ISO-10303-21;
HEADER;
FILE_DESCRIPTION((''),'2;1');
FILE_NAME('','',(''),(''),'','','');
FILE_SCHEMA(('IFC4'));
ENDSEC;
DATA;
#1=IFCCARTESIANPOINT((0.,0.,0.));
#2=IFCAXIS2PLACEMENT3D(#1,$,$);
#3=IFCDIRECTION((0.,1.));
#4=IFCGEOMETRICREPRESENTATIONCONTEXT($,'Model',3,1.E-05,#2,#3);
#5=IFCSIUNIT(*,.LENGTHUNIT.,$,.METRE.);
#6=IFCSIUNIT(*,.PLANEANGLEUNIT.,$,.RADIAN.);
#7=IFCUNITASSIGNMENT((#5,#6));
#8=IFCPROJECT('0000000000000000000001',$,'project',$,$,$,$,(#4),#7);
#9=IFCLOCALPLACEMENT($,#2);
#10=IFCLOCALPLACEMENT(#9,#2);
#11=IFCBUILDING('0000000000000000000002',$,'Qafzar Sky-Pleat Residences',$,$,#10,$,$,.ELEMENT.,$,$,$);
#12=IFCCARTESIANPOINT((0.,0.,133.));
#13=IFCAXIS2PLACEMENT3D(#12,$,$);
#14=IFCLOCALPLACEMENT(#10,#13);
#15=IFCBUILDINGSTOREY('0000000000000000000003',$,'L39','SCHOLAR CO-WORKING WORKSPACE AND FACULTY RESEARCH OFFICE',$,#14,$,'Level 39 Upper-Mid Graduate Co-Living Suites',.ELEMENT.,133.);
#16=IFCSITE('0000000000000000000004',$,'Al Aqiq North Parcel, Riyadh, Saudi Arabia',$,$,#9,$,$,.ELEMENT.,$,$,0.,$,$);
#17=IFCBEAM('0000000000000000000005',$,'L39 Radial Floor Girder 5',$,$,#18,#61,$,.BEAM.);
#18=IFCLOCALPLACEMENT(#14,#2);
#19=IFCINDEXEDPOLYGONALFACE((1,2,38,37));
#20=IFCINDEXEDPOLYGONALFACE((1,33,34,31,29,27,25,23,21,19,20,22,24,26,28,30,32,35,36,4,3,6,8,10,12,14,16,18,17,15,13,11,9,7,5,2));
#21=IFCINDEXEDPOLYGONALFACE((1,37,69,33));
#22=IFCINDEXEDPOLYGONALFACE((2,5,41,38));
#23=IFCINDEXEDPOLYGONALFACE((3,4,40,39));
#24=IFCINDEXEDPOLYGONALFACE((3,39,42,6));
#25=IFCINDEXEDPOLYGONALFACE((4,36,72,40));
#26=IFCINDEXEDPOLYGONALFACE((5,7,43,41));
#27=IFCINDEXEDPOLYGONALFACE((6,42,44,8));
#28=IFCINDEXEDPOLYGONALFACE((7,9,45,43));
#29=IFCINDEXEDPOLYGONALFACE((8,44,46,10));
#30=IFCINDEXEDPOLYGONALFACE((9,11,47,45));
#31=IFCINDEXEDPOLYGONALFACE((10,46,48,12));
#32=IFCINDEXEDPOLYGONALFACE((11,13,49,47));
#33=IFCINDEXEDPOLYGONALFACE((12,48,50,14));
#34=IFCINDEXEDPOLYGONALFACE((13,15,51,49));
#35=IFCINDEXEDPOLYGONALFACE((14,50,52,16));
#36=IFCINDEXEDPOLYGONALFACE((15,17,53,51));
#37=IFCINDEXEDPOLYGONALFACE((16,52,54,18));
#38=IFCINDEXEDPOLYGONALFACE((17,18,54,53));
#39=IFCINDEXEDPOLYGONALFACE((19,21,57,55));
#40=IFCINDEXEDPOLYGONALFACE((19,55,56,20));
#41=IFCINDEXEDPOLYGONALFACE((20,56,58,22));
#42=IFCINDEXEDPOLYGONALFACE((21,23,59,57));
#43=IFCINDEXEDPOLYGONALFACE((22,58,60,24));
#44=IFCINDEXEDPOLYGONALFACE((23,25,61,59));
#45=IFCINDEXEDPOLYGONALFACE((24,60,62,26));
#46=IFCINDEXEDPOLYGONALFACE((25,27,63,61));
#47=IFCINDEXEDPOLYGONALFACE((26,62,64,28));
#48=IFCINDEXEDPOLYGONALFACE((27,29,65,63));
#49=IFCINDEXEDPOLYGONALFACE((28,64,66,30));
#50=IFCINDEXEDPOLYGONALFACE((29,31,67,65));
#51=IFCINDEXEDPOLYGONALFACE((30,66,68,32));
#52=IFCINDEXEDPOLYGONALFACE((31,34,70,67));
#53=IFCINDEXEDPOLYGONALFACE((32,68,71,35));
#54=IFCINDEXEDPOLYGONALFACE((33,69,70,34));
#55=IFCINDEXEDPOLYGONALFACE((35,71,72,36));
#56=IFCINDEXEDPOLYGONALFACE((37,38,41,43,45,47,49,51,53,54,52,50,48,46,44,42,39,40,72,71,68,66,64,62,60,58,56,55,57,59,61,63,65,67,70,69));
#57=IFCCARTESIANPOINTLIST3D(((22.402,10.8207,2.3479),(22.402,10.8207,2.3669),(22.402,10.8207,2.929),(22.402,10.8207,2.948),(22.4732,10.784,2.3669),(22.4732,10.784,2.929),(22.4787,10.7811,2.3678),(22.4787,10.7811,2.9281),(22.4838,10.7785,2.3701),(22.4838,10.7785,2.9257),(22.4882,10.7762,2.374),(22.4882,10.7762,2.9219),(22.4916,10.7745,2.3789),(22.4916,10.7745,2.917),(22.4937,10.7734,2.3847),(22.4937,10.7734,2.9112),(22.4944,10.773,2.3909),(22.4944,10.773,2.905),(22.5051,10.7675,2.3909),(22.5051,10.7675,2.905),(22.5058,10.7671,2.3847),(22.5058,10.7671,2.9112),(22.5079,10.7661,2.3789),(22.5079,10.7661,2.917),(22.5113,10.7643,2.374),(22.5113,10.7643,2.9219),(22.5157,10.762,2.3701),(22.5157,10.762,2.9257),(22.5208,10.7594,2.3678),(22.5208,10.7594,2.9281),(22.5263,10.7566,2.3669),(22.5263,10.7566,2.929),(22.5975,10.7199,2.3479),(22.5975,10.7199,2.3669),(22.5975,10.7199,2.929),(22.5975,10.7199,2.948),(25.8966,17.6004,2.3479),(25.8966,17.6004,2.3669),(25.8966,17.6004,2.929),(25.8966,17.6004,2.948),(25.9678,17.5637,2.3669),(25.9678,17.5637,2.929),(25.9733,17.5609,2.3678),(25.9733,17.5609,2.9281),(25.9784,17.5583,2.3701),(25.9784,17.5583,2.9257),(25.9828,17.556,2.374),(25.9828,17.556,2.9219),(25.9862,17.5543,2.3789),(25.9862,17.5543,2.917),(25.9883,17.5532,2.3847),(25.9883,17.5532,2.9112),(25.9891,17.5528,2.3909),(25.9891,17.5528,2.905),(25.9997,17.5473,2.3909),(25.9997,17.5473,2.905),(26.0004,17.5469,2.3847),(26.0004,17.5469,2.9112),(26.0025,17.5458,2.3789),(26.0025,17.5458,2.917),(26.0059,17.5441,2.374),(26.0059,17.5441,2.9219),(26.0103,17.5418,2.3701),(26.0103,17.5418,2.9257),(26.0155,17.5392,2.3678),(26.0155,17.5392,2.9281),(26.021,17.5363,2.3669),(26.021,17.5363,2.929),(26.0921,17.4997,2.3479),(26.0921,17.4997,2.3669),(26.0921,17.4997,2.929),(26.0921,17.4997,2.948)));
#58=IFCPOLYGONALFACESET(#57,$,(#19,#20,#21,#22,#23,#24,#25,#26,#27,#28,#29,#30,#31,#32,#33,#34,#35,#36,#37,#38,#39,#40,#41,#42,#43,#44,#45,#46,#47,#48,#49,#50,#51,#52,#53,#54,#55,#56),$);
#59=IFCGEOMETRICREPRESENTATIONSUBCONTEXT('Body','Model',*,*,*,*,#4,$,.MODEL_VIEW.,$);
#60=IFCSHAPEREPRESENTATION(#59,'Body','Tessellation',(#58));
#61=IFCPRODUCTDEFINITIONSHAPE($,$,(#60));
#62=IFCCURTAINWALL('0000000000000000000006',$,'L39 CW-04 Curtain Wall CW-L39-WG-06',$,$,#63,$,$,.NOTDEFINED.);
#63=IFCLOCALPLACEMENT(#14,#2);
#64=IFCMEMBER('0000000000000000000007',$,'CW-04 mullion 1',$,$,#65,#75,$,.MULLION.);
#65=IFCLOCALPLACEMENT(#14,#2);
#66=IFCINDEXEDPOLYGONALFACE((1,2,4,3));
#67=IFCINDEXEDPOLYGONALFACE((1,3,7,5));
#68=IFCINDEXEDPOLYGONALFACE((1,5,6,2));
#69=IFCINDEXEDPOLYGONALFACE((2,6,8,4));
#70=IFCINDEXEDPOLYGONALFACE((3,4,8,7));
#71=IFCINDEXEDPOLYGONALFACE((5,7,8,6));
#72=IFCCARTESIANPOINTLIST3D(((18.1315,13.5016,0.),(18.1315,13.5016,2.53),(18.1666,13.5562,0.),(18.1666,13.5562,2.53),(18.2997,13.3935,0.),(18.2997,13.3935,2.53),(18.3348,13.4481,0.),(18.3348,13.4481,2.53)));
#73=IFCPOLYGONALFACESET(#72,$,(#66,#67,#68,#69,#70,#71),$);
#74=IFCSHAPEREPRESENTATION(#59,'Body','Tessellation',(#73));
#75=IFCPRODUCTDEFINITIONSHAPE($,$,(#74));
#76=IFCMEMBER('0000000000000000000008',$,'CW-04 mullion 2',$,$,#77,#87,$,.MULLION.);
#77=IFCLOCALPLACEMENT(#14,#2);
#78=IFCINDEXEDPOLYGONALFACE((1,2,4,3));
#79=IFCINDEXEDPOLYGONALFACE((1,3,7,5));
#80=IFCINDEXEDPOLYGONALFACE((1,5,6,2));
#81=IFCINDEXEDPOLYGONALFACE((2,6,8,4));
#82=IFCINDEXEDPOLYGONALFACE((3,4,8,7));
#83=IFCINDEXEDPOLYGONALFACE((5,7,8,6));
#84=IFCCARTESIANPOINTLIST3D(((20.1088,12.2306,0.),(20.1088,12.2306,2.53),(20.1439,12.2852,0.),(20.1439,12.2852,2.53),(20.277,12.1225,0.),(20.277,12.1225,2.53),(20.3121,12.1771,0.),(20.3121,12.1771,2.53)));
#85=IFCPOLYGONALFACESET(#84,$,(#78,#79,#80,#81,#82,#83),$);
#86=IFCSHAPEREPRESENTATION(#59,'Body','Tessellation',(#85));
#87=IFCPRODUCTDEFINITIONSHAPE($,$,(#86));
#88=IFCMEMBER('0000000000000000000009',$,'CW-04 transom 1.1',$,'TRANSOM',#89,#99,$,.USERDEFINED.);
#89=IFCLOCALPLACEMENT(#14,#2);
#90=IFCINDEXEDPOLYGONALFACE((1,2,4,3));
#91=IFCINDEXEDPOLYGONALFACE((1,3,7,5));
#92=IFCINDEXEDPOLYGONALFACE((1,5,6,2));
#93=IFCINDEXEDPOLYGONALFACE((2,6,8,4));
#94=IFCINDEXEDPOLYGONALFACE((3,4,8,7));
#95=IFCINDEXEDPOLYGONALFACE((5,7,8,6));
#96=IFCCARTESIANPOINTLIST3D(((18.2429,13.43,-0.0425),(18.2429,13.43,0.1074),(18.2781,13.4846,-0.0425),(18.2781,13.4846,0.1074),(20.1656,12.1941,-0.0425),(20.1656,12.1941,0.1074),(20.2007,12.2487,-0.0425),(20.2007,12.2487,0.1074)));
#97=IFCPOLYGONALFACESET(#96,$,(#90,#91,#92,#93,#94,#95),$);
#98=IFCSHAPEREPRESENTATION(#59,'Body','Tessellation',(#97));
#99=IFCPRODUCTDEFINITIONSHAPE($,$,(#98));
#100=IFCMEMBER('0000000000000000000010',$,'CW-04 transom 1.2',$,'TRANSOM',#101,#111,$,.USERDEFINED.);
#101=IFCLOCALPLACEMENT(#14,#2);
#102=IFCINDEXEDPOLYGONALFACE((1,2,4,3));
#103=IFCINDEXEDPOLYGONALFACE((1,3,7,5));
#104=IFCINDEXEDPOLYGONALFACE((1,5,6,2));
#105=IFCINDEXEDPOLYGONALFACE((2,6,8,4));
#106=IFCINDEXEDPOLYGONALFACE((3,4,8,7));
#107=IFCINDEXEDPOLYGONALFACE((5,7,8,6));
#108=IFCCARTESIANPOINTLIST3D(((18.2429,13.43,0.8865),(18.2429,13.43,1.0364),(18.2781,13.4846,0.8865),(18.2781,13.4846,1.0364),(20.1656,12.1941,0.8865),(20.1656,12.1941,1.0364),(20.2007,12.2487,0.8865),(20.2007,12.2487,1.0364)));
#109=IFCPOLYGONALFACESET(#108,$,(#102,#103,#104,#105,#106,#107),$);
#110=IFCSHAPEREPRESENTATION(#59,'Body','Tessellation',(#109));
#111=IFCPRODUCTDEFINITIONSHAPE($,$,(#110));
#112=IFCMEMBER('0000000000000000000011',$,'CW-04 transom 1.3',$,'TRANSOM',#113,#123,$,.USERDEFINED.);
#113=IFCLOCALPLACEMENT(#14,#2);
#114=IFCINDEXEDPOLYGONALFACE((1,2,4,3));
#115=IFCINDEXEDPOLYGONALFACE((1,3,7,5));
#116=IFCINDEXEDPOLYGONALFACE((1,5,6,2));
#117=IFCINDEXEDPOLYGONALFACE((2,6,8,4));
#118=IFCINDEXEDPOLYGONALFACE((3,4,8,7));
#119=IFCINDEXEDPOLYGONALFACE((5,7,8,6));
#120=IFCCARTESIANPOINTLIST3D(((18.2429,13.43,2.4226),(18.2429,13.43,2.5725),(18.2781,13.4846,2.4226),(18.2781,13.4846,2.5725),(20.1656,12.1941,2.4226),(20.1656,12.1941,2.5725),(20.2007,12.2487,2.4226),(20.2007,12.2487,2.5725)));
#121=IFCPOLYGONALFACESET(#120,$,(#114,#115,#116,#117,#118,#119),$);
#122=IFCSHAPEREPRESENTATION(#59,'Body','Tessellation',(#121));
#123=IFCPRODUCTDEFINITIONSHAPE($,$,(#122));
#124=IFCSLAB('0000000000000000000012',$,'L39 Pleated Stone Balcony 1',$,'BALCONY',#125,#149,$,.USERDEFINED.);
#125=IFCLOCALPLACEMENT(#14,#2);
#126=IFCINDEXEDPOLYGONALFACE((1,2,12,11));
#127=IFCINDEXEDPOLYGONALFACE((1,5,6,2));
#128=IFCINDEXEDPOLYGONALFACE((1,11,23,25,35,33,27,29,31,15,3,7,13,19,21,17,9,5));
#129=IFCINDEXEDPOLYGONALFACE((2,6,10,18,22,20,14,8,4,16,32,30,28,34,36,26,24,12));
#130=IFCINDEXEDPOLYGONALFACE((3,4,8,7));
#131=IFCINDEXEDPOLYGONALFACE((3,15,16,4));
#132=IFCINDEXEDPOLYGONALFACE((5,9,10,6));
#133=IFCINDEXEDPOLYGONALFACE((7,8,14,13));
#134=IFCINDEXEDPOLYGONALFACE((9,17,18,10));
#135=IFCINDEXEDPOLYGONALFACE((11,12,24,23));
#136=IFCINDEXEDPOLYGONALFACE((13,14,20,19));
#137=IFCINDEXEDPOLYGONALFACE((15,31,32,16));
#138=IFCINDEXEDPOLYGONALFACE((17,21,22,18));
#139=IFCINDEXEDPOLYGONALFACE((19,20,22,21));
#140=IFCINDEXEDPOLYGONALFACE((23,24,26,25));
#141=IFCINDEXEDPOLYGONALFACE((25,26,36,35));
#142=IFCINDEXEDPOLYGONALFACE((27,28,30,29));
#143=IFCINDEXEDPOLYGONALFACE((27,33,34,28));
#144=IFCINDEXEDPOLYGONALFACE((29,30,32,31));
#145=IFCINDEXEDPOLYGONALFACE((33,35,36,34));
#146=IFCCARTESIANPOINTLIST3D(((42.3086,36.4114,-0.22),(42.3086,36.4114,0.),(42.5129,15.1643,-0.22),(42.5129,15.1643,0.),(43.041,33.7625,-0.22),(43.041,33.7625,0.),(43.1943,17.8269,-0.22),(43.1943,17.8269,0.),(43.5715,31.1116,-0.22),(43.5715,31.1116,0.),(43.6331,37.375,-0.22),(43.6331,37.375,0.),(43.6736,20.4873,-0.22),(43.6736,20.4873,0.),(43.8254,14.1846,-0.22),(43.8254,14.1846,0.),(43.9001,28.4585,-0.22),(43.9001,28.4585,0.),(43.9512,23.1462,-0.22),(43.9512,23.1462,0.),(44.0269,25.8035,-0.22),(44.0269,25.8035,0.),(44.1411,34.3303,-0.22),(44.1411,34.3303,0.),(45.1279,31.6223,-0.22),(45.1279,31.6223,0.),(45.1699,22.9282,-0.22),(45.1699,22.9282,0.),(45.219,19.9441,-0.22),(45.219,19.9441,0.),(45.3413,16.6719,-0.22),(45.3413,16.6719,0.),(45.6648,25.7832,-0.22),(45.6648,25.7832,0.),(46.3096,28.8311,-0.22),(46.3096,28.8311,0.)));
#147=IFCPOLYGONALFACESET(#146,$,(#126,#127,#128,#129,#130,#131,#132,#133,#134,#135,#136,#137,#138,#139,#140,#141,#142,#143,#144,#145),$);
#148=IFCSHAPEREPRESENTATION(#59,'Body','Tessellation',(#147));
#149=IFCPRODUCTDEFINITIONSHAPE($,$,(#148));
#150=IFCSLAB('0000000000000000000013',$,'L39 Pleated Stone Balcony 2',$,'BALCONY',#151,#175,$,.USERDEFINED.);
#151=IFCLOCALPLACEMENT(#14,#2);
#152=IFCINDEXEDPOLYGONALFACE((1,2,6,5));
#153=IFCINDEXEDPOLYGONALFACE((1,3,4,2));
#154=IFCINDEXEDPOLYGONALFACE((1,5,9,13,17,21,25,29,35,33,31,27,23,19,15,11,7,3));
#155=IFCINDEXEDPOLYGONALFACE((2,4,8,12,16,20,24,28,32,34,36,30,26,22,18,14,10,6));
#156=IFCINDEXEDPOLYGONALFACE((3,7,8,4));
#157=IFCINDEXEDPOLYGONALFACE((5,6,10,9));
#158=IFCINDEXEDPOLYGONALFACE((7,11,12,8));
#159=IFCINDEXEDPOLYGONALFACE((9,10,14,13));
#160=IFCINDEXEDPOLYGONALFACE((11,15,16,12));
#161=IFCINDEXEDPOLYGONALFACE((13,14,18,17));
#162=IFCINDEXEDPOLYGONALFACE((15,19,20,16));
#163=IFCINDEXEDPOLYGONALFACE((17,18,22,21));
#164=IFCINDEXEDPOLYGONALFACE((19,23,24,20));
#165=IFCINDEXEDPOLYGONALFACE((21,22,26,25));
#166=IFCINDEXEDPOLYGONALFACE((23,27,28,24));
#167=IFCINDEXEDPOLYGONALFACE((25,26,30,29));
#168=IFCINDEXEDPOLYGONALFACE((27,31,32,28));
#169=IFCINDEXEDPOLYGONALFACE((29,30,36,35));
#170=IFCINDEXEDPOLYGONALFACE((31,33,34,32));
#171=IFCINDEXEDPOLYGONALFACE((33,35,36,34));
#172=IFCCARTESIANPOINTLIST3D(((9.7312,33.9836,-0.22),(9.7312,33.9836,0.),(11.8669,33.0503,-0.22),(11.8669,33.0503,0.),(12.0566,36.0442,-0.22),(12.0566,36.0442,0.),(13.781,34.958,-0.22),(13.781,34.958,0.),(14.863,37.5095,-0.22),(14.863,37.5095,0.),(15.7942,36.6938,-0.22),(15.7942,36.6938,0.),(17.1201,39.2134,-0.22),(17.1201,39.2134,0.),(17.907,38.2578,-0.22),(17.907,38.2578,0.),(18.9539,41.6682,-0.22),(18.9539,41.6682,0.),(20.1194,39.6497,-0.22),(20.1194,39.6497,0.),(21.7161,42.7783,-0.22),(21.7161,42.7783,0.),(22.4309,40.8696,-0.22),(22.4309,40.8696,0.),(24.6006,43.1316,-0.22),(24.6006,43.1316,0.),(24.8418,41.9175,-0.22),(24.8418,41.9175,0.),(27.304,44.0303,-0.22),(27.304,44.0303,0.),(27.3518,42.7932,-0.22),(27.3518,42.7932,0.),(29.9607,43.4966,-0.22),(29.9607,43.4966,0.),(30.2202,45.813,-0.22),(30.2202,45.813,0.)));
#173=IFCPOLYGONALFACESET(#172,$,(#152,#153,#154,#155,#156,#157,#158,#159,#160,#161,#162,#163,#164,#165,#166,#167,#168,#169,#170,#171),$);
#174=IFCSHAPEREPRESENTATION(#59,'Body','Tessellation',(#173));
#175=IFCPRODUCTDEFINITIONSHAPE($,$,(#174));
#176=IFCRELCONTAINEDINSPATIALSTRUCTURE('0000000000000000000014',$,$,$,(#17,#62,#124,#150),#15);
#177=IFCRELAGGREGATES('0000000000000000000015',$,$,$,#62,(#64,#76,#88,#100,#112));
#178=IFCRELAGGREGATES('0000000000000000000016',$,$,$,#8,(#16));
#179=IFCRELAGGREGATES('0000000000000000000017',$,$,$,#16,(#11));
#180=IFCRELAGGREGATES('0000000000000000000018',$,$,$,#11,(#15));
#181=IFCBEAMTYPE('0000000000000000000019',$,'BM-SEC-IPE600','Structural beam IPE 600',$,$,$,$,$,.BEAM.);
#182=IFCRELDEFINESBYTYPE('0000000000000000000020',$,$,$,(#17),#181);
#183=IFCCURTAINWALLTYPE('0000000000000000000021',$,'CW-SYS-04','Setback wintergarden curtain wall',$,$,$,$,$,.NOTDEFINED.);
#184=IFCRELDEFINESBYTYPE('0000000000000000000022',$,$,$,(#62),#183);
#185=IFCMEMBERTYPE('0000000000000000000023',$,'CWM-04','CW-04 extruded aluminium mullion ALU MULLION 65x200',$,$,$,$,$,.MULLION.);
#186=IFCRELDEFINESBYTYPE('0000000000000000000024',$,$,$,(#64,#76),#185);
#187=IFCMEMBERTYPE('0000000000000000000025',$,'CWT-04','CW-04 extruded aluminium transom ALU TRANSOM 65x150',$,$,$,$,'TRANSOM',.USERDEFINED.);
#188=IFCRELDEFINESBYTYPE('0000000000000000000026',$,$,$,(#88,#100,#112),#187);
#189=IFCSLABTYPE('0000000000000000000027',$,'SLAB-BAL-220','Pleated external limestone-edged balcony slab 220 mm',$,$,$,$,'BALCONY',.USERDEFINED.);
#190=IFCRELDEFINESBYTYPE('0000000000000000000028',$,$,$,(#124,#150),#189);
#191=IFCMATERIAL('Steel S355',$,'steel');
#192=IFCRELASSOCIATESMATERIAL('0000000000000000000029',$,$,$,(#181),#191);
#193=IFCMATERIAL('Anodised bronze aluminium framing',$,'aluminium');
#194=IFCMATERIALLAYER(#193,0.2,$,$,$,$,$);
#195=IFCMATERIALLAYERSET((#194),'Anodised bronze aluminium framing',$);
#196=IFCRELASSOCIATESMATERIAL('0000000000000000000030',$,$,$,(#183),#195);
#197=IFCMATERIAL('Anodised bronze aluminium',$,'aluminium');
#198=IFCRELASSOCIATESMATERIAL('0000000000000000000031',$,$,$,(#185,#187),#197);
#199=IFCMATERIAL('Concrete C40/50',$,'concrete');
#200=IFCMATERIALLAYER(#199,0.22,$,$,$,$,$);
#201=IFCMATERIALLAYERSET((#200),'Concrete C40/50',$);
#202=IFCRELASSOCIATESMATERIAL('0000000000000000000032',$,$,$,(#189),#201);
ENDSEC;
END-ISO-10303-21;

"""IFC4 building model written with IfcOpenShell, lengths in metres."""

from ifc_helpers import new_model, si_unit, direction, frame, origin, origin_2d, place, context, subcontext, project, spatial, polyline, rectangle, i_section, outline, extrude, source, transform, mapped, material, layer, layer_set, material_profile, profile_set, type_object, element, aggregate, save


model = new_model("IFC4")

# Units and contexts
model_context = context("Model", 3, precision=1e-05, world=origin(), true_north=direction((0.0, 1.0)))
body_context = subcontext(model_context, "Body", "Model", "MODEL_VIEW")
ifc_project = project(units=[si_unit("LENGTHUNIT", "METRE"), si_unit("PLANEANGLEUNIT", "RADIAN")], contexts=[model_context])

# Site, building, storey
site_placement = place(None, origin())
site = spatial("IfcSite", under=ifc_project, at=site_placement, Name="Al Aqiq North Parcel, Riyadh, Saudi Arabia", CompositionType="ELEMENT", RefElevation=0.0)
building_placement = place(site_placement, origin())
building = spatial("IfcBuilding", under=site, at=building_placement, Name="Qafzar Sky-Pleat Residences", CompositionType="ELEMENT")
storey_placement = place(building_placement, frame((0.0, 0.0, 133.0)))
storey = spatial("IfcBuildingStorey", under=building, at=storey_placement, Name="L39", Description="SCHOLAR CO-WORKING WORKSPACE AND FACULTY RESEARCH OFFICE", LongName="Level 39 Upper-Mid Graduate Co-Living Suites", CompositionType="ELEMENT", Elevation=133.0)

# Shared definitions
ifc_material_1 = material(Name="Steel S355", Category="steel")

# Beam
ifc_material_profile_1 = material_profile(ifc_material_1, i_section(OverallWidth=0.22, OverallDepth=0.6001, WebThickness=0.012, FlangeThickness=0.019, FilletRadius=0.0239, at=origin_2d()), Name="IPE 600")
ifc_profile_set_1 = profile_set([ifc_material_profile_1], Name="Steel S355")
beam_type_1 = type_object("IfcBeamType", Name="BM-SEC-IPE600", Description="Structural beam IPE 600", PredefinedType="BEAM", material=ifc_profile_set_1)
shared_shape_1 = source(origin(), body_context, "Body", "SweptSolid", [
    extrude(i_section(OverallWidth=0.22, OverallDepth=0.6001, WebThickness=0.012, FlangeThickness=0.019, FilletRadius=0.0239, at=origin_2d()), origin(), (0.0, 0.0, 1.0), 7.6274),
])
beam_1_placement = place(storey_placement, frame((22.4998, 10.7703, 2.6479), z_axis=(0.458165, 0.888867, 0.0), x_axis=(-0.888867, 0.458165, 0.0)))
element("IfcBeam", 1, at=beam_1_placement, inside=storey, type_object=beam_type_1, Name="L39 Radial Floor Girder 5", PredefinedType="BEAM", context=body_context, shape_type="MappedRepresentation", body=[
    mapped(shared_shape_1, transform((0.0, 0.0, 0.0), x_axis=(1.0, 0.0, 0.0), y_axis=(0.0, 1.0, 0.0), z_axis=(0.0, 0.0, 1.0), scale=1.0)),
])

# Curtain wall, members
ifc_material_2 = material(Name="Anodised bronze aluminium framing", Category="aluminium")
ifc_layer_1 = layer(ifc_material_2, 0.2)
ifc_layer_set_1 = layer_set([ifc_layer_1], Name="Anodised bronze aluminium framing")
curtain_wall_type = type_object("IfcCurtainWallType", Name="CW-SYS-04", Description="Setback wintergarden curtain wall", PredefinedType="NOTDEFINED", material=ifc_layer_set_1)
curtain_wall_placement = place(storey_placement, origin())
curtain_wall = element("IfcCurtainWall", 2, at=curtain_wall_placement, inside=storey, type_object=curtain_wall_type, Name="L39 CW-04 Curtain Wall CW-L39-WG-06", PredefinedType="NOTDEFINED")
ifc_material_3 = material(Name="Anodised bronze aluminium", Category="aluminium")
ifc_material_profile_2 = material_profile(ifc_material_3, rectangle(XDim=0.0649, YDim=0.2, at=origin_2d()), Name="ALU MULLION 65x200")
ifc_profile_set_2 = profile_set([ifc_material_profile_2], Name="Anodised bronze aluminium")
member_type_1 = type_object("IfcMemberType", Name="CWM-04", Description="CW-04 extruded aluminium mullion ALU MULLION 65x200", PredefinedType="MULLION", material=ifc_profile_set_2)
shared_shape_2 = source(origin(), body_context, "Body", "SweptSolid", [
    extrude(rectangle(XDim=0.0649, YDim=0.2, at=origin_2d()), origin(), (0.0, 0.0, 1.0), 2.53),
])
member_1_placement = place(storey_placement, frame((18.2332, 13.4749, 0.0), z_axis=(0.0, 0.0, 1.0), x_axis=(0.540655, 0.841244, 0.0)))
member_1 = element("IfcMember", 3, at=member_1_placement, type_object=member_type_1, Name="CW-04 mullion 1", PredefinedType="MULLION", context=body_context, shape_type="MappedRepresentation", body=[
    mapped(shared_shape_2, transform((0.0, 0.0, 0.0), x_axis=(1.0, 0.0, 0.0), y_axis=(0.0, 1.0, 0.0), z_axis=(0.0, 0.0, 1.0), scale=1.0)),
])
member_2_placement = place(storey_placement, frame((20.2104, 12.2039, 0.0), z_axis=(0.0, 0.0, 1.0), x_axis=(0.540655, 0.841244, 0.0)))
member_2 = element("IfcMember", 4, at=member_2_placement, type_object=member_type_1, Name="CW-04 mullion 2", PredefinedType="MULLION", context=body_context, shape_type="MappedRepresentation", body=[
    mapped(shared_shape_2, transform((0.0, 0.0, 0.0), x_axis=(1.0, 0.0, 0.0), y_axis=(0.0, 1.0, 0.0), z_axis=(0.0, 0.0, 1.0), scale=1.0)),
])
ifc_material_profile_3 = material_profile(ifc_material_3, rectangle(XDim=0.0649, YDim=0.1499, at=origin_2d()), Name="ALU TRANSOM 65x150")
ifc_profile_set_3 = profile_set([ifc_material_profile_3], Name="Anodised bronze aluminium")
member_type_2 = type_object("IfcMemberType", Name="CWT-04", Description="CW-04 extruded aluminium transom ALU TRANSOM 65x150", ElementType="TRANSOM", PredefinedType="USERDEFINED", material=ifc_profile_set_3)
shared_shape_3 = source(origin(), body_context, "Body", "SweptSolid", [
    extrude(rectangle(XDim=0.0649, YDim=0.1499, at=origin_2d()), origin(), (0.0, 0.0, 1.0), 2.2856),
])
member_3_placement = place(storey_placement, frame((18.2605, 13.4573, 0.0325), z_axis=(0.841203, -0.54072, 0.0), x_axis=(0.54072, 0.841203, 0.0)))
member_3 = element("IfcMember", 5, at=member_3_placement, type_object=member_type_2, Name="CW-04 transom 1.1", ObjectType="TRANSOM", PredefinedType="USERDEFINED", context=body_context, shape_type="MappedRepresentation", body=[
    mapped(shared_shape_3, transform((0.0, 0.0, 0.0), x_axis=(1.0, 0.0, 0.0), y_axis=(0.0, 1.0, 0.0), z_axis=(0.0, 0.0, 1.0), scale=1.0)),
])
member_4_placement = place(storey_placement, frame((18.2605, 13.4573, 0.9614), z_axis=(0.841203, -0.54072, 0.0), x_axis=(0.54072, 0.841203, 0.0)))
member_4 = element("IfcMember", 6, at=member_4_placement, type_object=member_type_2, Name="CW-04 transom 1.2", ObjectType="TRANSOM", PredefinedType="USERDEFINED", context=body_context, shape_type="MappedRepresentation", body=[
    mapped(shared_shape_3, transform((0.0, 0.0, 0.0), x_axis=(1.0, 0.0, 0.0), y_axis=(0.0, 1.0, 0.0), z_axis=(0.0, 0.0, 1.0), scale=1.0)),
])
member_5_placement = place(storey_placement, frame((18.2605, 13.4573, 2.4976), z_axis=(0.841203, -0.54072, 0.0), x_axis=(0.54072, 0.841203, 0.0)))
member_5 = element("IfcMember", 7, at=member_5_placement, type_object=member_type_2, Name="CW-04 transom 1.3", ObjectType="TRANSOM", PredefinedType="USERDEFINED", context=body_context, shape_type="MappedRepresentation", body=[
    mapped(shared_shape_3, transform((0.0, 0.0, 0.0), x_axis=(1.0, 0.0, 0.0), y_axis=(0.0, 1.0, 0.0), z_axis=(0.0, 0.0, 1.0), scale=1.0)),
])

# Slabs
ifc_material_4 = material(Name="Concrete C40/50", Category="concrete")
ifc_layer_2 = layer(ifc_material_4, 0.22)
ifc_layer_set_2 = layer_set([ifc_layer_2], Name="Concrete C40/50")
slab_type_1 = type_object("IfcSlabType", Name="SLAB-BAL-220", Description="Pleated external limestone-edged balcony slab 220 mm", ElementType="BALCONY", PredefinedType="USERDEFINED", material=ifc_layer_set_2)
slab_1_placement = place(storey_placement, frame((0.0, 0.0, -0.22)))
element("IfcSlab", 8, at=slab_1_placement, inside=storey, type_object=slab_type_1, Name="L39 Pleated Stone Balcony 1", ObjectType="BALCONY", PredefinedType="USERDEFINED", context=body_context, shape_type="SweptSolid", body=[
    extrude(outline(polyline([(43.1943, 17.8269), (43.6736, 20.4873), (43.9512, 23.1462), (44.0269, 25.8035), (43.9001, 28.4585), (43.5715, 31.1116), (43.041, 33.7625), (42.3086, 36.4114), (43.6331, 37.375), (44.1411, 34.3303), (45.1279, 31.6223), (46.3096, 28.8311), (45.6648, 25.7832), (45.1699, 22.9282), (45.219, 19.9441), (45.3413, 16.6719), (43.8254, 14.1846), (42.5129, 15.1643), (43.1943, 17.8269)])), origin(), (0.0, 0.0, 1.0), 0.22),
])
slab_2_placement = place(storey_placement, frame((0.0, 0.0, -0.22)))
element("IfcSlab", 9, at=slab_2_placement, inside=storey, type_object=slab_type_1, Name="L39 Pleated Stone Balcony 2", ObjectType="BALCONY", PredefinedType="USERDEFINED", context=body_context, shape_type="SweptSolid", body=[
    extrude(outline(polyline([(27.3518, 42.7932), (24.8418, 41.9175), (22.4309, 40.8696), (20.1194, 39.6497), (17.907, 38.2578), (15.7942, 36.6938), (13.781, 34.958), (11.8669, 33.0503), (9.7312, 33.9836), (12.0566, 36.0442), (14.863, 37.5095), (17.1201, 39.2134), (18.9539, 41.6682), (21.7161, 42.7783), (24.6006, 43.1316), (27.304, 44.0303), (30.2202, 45.813), (29.9607, 43.4966), (27.3518, 42.7932)])), origin(), (0.0, 0.0, 1.0), 0.22),
])

aggregate(curtain_wall, [member_1, member_2, member_3, member_4, member_5])

save(model, "model.ifc")
